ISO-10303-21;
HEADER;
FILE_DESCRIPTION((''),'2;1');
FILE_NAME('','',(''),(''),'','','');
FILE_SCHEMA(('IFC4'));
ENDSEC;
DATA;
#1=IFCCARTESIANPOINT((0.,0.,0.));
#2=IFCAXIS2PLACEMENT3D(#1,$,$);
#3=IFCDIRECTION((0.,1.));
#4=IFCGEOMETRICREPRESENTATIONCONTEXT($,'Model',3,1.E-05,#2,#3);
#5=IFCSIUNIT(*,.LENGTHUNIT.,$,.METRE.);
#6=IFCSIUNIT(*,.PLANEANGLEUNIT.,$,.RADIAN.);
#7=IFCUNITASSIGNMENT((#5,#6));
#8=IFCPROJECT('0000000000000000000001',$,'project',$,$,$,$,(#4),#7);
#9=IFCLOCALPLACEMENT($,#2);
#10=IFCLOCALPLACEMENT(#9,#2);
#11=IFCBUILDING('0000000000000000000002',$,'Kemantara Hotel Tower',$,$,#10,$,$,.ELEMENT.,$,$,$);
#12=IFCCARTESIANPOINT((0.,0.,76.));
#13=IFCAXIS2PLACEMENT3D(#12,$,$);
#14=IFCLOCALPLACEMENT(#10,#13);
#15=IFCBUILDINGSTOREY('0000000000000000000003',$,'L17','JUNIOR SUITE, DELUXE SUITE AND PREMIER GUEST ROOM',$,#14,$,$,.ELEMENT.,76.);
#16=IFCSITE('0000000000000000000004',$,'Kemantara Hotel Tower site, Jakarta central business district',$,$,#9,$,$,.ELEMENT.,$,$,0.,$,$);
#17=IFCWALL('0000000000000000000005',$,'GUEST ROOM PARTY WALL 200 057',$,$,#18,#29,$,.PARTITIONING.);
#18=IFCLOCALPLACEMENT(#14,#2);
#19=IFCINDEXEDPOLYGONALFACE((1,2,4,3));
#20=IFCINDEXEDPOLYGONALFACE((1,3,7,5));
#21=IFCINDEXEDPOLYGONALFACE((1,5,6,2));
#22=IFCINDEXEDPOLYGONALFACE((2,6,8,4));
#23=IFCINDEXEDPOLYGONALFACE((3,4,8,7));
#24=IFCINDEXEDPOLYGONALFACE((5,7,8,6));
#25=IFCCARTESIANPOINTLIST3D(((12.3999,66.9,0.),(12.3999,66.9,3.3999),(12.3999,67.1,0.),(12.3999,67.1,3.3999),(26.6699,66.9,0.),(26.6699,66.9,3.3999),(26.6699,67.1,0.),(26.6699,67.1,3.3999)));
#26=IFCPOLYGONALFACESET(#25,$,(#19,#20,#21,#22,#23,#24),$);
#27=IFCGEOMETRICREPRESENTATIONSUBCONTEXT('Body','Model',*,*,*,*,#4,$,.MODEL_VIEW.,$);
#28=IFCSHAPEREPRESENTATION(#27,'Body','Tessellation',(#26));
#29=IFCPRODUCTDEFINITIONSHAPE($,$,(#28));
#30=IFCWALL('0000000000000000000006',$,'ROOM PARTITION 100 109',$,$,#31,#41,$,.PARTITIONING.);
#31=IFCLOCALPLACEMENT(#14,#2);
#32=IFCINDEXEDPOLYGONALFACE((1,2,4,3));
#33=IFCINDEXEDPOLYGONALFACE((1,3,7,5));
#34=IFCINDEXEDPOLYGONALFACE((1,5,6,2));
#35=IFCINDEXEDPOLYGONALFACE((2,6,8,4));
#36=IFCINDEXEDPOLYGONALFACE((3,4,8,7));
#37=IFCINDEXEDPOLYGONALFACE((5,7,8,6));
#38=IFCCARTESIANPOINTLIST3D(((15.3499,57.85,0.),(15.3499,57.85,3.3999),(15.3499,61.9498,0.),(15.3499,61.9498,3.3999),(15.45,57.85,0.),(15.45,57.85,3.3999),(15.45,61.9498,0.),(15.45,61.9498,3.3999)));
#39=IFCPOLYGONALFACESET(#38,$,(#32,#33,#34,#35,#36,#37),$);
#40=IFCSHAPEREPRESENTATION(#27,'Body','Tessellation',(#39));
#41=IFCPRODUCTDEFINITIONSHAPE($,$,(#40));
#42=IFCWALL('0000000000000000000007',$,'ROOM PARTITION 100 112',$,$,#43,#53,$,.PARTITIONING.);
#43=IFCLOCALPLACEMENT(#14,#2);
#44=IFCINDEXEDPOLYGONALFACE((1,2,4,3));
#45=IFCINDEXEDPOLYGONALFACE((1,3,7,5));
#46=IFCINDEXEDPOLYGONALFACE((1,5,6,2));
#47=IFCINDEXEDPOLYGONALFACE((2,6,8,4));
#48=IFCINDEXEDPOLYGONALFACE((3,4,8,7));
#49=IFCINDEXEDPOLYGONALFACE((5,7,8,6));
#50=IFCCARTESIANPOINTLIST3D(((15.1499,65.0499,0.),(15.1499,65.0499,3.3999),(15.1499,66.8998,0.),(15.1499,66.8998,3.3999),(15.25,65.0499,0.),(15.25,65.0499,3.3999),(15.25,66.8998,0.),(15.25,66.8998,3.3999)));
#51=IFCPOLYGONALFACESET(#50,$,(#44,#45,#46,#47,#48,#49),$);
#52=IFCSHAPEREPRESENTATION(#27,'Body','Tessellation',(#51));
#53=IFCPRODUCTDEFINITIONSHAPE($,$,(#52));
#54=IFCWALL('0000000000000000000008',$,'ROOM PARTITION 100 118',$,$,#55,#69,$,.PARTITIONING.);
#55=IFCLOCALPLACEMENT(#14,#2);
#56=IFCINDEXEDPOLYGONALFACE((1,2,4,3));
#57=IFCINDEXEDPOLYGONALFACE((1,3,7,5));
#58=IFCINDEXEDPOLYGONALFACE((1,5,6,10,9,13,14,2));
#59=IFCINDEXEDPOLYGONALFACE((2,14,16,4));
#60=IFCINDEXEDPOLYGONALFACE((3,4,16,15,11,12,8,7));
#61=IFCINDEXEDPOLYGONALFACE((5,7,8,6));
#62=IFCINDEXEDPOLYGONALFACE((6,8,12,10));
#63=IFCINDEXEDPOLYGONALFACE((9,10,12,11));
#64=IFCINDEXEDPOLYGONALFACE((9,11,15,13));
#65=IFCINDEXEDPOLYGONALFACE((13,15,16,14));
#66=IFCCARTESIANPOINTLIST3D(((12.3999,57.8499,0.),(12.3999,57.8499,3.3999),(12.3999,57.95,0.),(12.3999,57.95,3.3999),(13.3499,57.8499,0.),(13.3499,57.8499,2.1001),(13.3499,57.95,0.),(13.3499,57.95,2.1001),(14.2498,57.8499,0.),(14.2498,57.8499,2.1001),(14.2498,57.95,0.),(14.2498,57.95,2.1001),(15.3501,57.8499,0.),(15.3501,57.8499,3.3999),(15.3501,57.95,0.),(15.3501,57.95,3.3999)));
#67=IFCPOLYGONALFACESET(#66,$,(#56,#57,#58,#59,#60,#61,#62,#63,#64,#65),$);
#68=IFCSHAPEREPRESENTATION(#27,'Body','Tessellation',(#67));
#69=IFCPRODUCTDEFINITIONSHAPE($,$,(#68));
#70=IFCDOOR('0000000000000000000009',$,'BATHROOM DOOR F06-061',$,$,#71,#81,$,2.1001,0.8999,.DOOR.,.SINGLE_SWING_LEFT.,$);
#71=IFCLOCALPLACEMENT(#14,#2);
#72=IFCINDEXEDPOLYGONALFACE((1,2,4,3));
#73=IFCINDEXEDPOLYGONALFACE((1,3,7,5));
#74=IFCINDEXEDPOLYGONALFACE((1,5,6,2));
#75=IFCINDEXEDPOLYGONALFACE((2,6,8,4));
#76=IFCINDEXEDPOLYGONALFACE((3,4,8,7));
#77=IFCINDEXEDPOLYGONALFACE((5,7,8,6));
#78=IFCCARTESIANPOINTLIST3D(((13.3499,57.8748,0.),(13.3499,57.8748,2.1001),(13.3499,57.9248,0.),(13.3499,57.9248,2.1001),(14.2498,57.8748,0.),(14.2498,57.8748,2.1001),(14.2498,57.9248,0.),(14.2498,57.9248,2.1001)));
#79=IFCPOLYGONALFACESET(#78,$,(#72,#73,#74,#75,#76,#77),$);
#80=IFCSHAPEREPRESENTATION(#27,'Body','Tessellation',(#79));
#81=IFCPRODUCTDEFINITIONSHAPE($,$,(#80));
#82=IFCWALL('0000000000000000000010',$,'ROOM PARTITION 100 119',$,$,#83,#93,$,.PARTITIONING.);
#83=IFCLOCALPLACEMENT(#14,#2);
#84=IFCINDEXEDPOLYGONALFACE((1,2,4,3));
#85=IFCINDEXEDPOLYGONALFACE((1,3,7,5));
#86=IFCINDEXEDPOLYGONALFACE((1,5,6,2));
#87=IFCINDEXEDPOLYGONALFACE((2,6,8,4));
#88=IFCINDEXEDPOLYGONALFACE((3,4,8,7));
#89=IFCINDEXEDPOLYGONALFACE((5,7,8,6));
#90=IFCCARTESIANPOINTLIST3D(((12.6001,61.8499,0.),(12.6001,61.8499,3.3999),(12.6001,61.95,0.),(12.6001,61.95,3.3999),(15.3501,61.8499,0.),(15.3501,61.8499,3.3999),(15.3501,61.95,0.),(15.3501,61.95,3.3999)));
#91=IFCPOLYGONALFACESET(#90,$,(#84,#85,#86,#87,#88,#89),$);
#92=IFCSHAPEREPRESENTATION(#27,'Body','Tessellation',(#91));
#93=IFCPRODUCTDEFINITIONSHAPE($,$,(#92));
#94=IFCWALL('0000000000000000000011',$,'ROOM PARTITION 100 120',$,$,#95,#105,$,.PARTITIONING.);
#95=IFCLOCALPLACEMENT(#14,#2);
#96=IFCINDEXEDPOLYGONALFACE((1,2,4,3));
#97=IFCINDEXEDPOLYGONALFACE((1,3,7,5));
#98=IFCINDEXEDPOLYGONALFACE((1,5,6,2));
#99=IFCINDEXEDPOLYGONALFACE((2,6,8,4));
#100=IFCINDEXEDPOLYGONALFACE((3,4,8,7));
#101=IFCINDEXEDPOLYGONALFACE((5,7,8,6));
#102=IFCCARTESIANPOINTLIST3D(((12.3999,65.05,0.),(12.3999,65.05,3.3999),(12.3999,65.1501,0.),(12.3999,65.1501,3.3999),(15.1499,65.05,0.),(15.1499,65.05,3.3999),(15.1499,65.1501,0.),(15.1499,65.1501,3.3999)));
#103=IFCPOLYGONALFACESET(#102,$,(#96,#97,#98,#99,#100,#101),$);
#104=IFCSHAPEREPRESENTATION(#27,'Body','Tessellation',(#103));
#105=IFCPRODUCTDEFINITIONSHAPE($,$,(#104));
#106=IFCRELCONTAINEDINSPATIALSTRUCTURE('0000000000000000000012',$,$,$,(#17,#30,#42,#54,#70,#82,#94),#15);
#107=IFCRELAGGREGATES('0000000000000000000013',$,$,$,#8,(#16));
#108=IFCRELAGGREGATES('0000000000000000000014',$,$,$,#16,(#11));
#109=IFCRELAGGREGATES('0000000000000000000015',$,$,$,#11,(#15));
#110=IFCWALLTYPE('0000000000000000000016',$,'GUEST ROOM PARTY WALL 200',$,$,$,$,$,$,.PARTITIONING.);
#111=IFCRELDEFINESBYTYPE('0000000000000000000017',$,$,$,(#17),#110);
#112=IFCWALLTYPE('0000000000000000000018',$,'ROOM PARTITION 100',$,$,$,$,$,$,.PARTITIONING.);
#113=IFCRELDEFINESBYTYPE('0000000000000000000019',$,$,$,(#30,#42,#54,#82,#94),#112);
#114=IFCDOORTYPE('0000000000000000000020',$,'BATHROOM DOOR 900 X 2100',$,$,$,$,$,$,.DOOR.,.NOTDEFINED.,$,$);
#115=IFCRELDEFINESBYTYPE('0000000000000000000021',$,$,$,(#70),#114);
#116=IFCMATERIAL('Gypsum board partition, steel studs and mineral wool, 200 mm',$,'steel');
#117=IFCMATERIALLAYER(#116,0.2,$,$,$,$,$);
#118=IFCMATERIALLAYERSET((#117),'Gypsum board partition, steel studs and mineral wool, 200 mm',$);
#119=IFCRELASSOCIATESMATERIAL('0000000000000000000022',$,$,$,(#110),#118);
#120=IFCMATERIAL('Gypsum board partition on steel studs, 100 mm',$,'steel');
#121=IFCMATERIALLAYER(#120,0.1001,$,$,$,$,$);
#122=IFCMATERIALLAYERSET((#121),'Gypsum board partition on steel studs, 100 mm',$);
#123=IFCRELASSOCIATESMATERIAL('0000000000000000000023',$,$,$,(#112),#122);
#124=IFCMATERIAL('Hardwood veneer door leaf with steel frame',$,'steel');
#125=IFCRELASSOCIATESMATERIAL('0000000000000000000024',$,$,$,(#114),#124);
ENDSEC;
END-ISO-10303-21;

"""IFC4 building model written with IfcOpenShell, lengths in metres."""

from ifc_helpers import new_model, si_unit, direction, frame, frame_2d, origin, place, context, subcontext, project, spatial, rectangle, extrude, material, layer, layer_set, type_object, element, fill, save


model = new_model("IFC4")

# Units and contexts
model_context = context("Model", 3, precision=1e-05, world=origin(), true_north=direction((0.0, 1.0)))
body_context = subcontext(model_context, "Body", "Model", "MODEL_VIEW")
ifc_project = project(units=[si_unit("LENGTHUNIT", "METRE"), si_unit("PLANEANGLEUNIT", "RADIAN")], contexts=[model_context])

# Site, building, storey
site_placement = place(None, origin())
site = spatial("IfcSite", under=ifc_project, at=site_placement, Name="Kemantara Hotel Tower site, Jakarta central business district", CompositionType="ELEMENT", RefElevation=0.0)
building_placement = place(site_placement, origin())
building = spatial("IfcBuilding", under=site, at=building_placement, Name="Kemantara Hotel Tower", CompositionType="ELEMENT")
storey_placement = place(building_placement, frame((0.0, 0.0, 76.0)))
storey = spatial("IfcBuildingStorey", under=building, at=storey_placement, Name="L17", Description="JUNIOR SUITE, DELUXE SUITE AND PREMIER GUEST ROOM", CompositionType="ELEMENT", Elevation=76.0)

# Shared definitions
ifc_material_1 = material(Name="Gypsum board partition, steel studs and mineral wool, 200 mm", Category="steel")
ifc_material_2 = material(Name="Hardwood veneer door leaf with steel frame", Category="steel")

# Walls
ifc_layer_1 = layer(ifc_material_1, 0.2)
ifc_layer_set_1 = layer_set([ifc_layer_1], Name="Gypsum board partition, steel studs and mineral wool, 200 mm")
wall_type_1 = type_object("IfcWallType", Name="GUEST ROOM PARTY WALL 200", PredefinedType="PARTITIONING", material=ifc_layer_set_1)
wall_1_placement = place(storey_placement, frame((12.3999, 67.0, 0.0), z_axis=(0.0, 0.0, 1.0), x_axis=(1.0, 0.0, 0.0)))
element("IfcWall", 1, at=wall_1_placement, inside=storey, type_object=wall_type_1, Name="GUEST ROOM PARTY WALL 200 057", PredefinedType="PARTITIONING", context=body_context, shape_type="SweptSolid", body=[
    extrude(rectangle(XDim=14.27, YDim=0.2, at=frame_2d((7.135, 0.0))), origin(), (0.0, 0.0, 1.0), 3.3999),
])
ifc_material_3 = material(Name="Gypsum board partition on steel studs, 100 mm", Category="steel")
ifc_layer_2 = layer(ifc_material_3, 0.1001)
ifc_layer_set_2 = layer_set([ifc_layer_2], Name="Gypsum board partition on steel studs, 100 mm")
wall_type_2 = type_object("IfcWallType", Name="ROOM PARTITION 100", PredefinedType="PARTITIONING", material=ifc_layer_set_2)
wall_2_placement = place(storey_placement, frame((15.3999, 57.8501, 0.0), z_axis=(0.0, 0.0, 1.0), x_axis=(0.0, 1.0, 0.0)))
element("IfcWall", 2, at=wall_2_placement, inside=storey, type_object=wall_type_2, Name="ROOM PARTITION 100 109", PredefinedType="PARTITIONING", context=body_context, shape_type="SweptSolid", body=[
    extrude(rectangle(XDim=4.0999, YDim=0.1001, at=frame_2d((2.0498, 0.0))), origin(), (0.0, 0.0, 1.0), 3.3999),
])
wall_3_placement = place(storey_placement, frame((15.2, 65.05, 0.0), z_axis=(0.0, 0.0, 1.0), x_axis=(0.0, 1.0, 0.0)))
element("IfcWall", 3, at=wall_3_placement, inside=storey, type_object=wall_type_2, Name="ROOM PARTITION 100 112", PredefinedType="PARTITIONING", context=body_context, shape_type="SweptSolid", body=[
    extrude(rectangle(XDim=1.8499, YDim=0.1001, at=frame_2d((0.9248, 0.0))), origin(), (0.0, 0.0, 1.0), 3.3999),
])

# Wall, opening, door
wall_4_placement = place(storey_placement, frame((12.3999, 57.8999, 0.0), z_axis=(0.0, 0.0, 1.0), x_axis=(1.0, 0.0, 0.0)))
wall_4 = element("IfcWall", 4, at=wall_4_placement, inside=storey, type_object=wall_type_2, Name="ROOM PARTITION 100 118", PredefinedType="PARTITIONING", context=body_context, shape_type="SweptSolid", body=[
    extrude(rectangle(XDim=2.9502, YDim=0.1001, at=frame_2d((1.4751, 0.0))), origin(), (0.0, 0.0, 1.0), 3.3999),
])
opening_1_placement = place(wall_4_placement, frame((0.95, 0.0, 0.0)))
opening_1 = element("IfcOpeningElement", 5, at=opening_1_placement, cuts=wall_4, PredefinedType="OPENING", context=body_context, shape_type="SweptSolid", body=[
    extrude(rectangle(XDim=0.8999, YDim=2.1001, at=frame_2d((0.45, 1.05))), frame((0.0, 0.0601, 0.0), z_axis=(0.0, -1.0, 0.0), x_axis=(1.0, 0.0, 0.0)), (0.0, 0.0, 1.0), 0.1201),
])
door_type_1 = type_object("IfcDoorType", Name="BATHROOM DOOR 900 X 2100", OperationType="NOTDEFINED", PredefinedType="DOOR", material=ifc_material_2)
door_1_placement = place(opening_1_placement, origin())
door_1 = element("IfcDoor", 6, at=door_1_placement, inside=storey, type_object=door_type_1, Name="BATHROOM DOOR F06-061", OperationType="SINGLE_SWING_LEFT", OverallHeight=2.1001, OverallWidth=0.8999, PredefinedType="DOOR", context=body_context, shape_type="SweptSolid", body=[
    extrude(rectangle(XDim=0.8999, YDim=2.1001, at=frame_2d((0.45, 1.05))), frame((0.0, 0.0249, 0.0), z_axis=(0.0, -1.0, 0.0), x_axis=(1.0, 0.0, 0.0)), (0.0, 0.0, 1.0), 0.05),
])
fill(opening_1, door_1)

# Walls
for number, where, z_axis, x_axis, name in (
    (7, (12.6001, 61.8999, 0.0), (0.0, 0.0, 1.0), (1.0, 0.0, 0.0), "ROOM PARTITION 100 119"),
    (8, (12.3999, 65.1001, 0.0), (0.0, 0.0, 1.0), (1.0, 0.0, 0.0), "ROOM PARTITION 100 120"),
):
    element("IfcWall", number, at=place(storey_placement, frame(where, z_axis=z_axis, x_axis=x_axis)), inside=storey, type_object=wall_type_2, Name=name, PredefinedType="PARTITIONING", context=body_context, shape_type="SweptSolid", body=[
        extrude(rectangle(XDim=2.75, YDim=0.1001, at=frame_2d((1.375, 0.0))), origin(), (0.0, 0.0, 1.0), 3.3999),
    ])

save(model, "model.ifc")
